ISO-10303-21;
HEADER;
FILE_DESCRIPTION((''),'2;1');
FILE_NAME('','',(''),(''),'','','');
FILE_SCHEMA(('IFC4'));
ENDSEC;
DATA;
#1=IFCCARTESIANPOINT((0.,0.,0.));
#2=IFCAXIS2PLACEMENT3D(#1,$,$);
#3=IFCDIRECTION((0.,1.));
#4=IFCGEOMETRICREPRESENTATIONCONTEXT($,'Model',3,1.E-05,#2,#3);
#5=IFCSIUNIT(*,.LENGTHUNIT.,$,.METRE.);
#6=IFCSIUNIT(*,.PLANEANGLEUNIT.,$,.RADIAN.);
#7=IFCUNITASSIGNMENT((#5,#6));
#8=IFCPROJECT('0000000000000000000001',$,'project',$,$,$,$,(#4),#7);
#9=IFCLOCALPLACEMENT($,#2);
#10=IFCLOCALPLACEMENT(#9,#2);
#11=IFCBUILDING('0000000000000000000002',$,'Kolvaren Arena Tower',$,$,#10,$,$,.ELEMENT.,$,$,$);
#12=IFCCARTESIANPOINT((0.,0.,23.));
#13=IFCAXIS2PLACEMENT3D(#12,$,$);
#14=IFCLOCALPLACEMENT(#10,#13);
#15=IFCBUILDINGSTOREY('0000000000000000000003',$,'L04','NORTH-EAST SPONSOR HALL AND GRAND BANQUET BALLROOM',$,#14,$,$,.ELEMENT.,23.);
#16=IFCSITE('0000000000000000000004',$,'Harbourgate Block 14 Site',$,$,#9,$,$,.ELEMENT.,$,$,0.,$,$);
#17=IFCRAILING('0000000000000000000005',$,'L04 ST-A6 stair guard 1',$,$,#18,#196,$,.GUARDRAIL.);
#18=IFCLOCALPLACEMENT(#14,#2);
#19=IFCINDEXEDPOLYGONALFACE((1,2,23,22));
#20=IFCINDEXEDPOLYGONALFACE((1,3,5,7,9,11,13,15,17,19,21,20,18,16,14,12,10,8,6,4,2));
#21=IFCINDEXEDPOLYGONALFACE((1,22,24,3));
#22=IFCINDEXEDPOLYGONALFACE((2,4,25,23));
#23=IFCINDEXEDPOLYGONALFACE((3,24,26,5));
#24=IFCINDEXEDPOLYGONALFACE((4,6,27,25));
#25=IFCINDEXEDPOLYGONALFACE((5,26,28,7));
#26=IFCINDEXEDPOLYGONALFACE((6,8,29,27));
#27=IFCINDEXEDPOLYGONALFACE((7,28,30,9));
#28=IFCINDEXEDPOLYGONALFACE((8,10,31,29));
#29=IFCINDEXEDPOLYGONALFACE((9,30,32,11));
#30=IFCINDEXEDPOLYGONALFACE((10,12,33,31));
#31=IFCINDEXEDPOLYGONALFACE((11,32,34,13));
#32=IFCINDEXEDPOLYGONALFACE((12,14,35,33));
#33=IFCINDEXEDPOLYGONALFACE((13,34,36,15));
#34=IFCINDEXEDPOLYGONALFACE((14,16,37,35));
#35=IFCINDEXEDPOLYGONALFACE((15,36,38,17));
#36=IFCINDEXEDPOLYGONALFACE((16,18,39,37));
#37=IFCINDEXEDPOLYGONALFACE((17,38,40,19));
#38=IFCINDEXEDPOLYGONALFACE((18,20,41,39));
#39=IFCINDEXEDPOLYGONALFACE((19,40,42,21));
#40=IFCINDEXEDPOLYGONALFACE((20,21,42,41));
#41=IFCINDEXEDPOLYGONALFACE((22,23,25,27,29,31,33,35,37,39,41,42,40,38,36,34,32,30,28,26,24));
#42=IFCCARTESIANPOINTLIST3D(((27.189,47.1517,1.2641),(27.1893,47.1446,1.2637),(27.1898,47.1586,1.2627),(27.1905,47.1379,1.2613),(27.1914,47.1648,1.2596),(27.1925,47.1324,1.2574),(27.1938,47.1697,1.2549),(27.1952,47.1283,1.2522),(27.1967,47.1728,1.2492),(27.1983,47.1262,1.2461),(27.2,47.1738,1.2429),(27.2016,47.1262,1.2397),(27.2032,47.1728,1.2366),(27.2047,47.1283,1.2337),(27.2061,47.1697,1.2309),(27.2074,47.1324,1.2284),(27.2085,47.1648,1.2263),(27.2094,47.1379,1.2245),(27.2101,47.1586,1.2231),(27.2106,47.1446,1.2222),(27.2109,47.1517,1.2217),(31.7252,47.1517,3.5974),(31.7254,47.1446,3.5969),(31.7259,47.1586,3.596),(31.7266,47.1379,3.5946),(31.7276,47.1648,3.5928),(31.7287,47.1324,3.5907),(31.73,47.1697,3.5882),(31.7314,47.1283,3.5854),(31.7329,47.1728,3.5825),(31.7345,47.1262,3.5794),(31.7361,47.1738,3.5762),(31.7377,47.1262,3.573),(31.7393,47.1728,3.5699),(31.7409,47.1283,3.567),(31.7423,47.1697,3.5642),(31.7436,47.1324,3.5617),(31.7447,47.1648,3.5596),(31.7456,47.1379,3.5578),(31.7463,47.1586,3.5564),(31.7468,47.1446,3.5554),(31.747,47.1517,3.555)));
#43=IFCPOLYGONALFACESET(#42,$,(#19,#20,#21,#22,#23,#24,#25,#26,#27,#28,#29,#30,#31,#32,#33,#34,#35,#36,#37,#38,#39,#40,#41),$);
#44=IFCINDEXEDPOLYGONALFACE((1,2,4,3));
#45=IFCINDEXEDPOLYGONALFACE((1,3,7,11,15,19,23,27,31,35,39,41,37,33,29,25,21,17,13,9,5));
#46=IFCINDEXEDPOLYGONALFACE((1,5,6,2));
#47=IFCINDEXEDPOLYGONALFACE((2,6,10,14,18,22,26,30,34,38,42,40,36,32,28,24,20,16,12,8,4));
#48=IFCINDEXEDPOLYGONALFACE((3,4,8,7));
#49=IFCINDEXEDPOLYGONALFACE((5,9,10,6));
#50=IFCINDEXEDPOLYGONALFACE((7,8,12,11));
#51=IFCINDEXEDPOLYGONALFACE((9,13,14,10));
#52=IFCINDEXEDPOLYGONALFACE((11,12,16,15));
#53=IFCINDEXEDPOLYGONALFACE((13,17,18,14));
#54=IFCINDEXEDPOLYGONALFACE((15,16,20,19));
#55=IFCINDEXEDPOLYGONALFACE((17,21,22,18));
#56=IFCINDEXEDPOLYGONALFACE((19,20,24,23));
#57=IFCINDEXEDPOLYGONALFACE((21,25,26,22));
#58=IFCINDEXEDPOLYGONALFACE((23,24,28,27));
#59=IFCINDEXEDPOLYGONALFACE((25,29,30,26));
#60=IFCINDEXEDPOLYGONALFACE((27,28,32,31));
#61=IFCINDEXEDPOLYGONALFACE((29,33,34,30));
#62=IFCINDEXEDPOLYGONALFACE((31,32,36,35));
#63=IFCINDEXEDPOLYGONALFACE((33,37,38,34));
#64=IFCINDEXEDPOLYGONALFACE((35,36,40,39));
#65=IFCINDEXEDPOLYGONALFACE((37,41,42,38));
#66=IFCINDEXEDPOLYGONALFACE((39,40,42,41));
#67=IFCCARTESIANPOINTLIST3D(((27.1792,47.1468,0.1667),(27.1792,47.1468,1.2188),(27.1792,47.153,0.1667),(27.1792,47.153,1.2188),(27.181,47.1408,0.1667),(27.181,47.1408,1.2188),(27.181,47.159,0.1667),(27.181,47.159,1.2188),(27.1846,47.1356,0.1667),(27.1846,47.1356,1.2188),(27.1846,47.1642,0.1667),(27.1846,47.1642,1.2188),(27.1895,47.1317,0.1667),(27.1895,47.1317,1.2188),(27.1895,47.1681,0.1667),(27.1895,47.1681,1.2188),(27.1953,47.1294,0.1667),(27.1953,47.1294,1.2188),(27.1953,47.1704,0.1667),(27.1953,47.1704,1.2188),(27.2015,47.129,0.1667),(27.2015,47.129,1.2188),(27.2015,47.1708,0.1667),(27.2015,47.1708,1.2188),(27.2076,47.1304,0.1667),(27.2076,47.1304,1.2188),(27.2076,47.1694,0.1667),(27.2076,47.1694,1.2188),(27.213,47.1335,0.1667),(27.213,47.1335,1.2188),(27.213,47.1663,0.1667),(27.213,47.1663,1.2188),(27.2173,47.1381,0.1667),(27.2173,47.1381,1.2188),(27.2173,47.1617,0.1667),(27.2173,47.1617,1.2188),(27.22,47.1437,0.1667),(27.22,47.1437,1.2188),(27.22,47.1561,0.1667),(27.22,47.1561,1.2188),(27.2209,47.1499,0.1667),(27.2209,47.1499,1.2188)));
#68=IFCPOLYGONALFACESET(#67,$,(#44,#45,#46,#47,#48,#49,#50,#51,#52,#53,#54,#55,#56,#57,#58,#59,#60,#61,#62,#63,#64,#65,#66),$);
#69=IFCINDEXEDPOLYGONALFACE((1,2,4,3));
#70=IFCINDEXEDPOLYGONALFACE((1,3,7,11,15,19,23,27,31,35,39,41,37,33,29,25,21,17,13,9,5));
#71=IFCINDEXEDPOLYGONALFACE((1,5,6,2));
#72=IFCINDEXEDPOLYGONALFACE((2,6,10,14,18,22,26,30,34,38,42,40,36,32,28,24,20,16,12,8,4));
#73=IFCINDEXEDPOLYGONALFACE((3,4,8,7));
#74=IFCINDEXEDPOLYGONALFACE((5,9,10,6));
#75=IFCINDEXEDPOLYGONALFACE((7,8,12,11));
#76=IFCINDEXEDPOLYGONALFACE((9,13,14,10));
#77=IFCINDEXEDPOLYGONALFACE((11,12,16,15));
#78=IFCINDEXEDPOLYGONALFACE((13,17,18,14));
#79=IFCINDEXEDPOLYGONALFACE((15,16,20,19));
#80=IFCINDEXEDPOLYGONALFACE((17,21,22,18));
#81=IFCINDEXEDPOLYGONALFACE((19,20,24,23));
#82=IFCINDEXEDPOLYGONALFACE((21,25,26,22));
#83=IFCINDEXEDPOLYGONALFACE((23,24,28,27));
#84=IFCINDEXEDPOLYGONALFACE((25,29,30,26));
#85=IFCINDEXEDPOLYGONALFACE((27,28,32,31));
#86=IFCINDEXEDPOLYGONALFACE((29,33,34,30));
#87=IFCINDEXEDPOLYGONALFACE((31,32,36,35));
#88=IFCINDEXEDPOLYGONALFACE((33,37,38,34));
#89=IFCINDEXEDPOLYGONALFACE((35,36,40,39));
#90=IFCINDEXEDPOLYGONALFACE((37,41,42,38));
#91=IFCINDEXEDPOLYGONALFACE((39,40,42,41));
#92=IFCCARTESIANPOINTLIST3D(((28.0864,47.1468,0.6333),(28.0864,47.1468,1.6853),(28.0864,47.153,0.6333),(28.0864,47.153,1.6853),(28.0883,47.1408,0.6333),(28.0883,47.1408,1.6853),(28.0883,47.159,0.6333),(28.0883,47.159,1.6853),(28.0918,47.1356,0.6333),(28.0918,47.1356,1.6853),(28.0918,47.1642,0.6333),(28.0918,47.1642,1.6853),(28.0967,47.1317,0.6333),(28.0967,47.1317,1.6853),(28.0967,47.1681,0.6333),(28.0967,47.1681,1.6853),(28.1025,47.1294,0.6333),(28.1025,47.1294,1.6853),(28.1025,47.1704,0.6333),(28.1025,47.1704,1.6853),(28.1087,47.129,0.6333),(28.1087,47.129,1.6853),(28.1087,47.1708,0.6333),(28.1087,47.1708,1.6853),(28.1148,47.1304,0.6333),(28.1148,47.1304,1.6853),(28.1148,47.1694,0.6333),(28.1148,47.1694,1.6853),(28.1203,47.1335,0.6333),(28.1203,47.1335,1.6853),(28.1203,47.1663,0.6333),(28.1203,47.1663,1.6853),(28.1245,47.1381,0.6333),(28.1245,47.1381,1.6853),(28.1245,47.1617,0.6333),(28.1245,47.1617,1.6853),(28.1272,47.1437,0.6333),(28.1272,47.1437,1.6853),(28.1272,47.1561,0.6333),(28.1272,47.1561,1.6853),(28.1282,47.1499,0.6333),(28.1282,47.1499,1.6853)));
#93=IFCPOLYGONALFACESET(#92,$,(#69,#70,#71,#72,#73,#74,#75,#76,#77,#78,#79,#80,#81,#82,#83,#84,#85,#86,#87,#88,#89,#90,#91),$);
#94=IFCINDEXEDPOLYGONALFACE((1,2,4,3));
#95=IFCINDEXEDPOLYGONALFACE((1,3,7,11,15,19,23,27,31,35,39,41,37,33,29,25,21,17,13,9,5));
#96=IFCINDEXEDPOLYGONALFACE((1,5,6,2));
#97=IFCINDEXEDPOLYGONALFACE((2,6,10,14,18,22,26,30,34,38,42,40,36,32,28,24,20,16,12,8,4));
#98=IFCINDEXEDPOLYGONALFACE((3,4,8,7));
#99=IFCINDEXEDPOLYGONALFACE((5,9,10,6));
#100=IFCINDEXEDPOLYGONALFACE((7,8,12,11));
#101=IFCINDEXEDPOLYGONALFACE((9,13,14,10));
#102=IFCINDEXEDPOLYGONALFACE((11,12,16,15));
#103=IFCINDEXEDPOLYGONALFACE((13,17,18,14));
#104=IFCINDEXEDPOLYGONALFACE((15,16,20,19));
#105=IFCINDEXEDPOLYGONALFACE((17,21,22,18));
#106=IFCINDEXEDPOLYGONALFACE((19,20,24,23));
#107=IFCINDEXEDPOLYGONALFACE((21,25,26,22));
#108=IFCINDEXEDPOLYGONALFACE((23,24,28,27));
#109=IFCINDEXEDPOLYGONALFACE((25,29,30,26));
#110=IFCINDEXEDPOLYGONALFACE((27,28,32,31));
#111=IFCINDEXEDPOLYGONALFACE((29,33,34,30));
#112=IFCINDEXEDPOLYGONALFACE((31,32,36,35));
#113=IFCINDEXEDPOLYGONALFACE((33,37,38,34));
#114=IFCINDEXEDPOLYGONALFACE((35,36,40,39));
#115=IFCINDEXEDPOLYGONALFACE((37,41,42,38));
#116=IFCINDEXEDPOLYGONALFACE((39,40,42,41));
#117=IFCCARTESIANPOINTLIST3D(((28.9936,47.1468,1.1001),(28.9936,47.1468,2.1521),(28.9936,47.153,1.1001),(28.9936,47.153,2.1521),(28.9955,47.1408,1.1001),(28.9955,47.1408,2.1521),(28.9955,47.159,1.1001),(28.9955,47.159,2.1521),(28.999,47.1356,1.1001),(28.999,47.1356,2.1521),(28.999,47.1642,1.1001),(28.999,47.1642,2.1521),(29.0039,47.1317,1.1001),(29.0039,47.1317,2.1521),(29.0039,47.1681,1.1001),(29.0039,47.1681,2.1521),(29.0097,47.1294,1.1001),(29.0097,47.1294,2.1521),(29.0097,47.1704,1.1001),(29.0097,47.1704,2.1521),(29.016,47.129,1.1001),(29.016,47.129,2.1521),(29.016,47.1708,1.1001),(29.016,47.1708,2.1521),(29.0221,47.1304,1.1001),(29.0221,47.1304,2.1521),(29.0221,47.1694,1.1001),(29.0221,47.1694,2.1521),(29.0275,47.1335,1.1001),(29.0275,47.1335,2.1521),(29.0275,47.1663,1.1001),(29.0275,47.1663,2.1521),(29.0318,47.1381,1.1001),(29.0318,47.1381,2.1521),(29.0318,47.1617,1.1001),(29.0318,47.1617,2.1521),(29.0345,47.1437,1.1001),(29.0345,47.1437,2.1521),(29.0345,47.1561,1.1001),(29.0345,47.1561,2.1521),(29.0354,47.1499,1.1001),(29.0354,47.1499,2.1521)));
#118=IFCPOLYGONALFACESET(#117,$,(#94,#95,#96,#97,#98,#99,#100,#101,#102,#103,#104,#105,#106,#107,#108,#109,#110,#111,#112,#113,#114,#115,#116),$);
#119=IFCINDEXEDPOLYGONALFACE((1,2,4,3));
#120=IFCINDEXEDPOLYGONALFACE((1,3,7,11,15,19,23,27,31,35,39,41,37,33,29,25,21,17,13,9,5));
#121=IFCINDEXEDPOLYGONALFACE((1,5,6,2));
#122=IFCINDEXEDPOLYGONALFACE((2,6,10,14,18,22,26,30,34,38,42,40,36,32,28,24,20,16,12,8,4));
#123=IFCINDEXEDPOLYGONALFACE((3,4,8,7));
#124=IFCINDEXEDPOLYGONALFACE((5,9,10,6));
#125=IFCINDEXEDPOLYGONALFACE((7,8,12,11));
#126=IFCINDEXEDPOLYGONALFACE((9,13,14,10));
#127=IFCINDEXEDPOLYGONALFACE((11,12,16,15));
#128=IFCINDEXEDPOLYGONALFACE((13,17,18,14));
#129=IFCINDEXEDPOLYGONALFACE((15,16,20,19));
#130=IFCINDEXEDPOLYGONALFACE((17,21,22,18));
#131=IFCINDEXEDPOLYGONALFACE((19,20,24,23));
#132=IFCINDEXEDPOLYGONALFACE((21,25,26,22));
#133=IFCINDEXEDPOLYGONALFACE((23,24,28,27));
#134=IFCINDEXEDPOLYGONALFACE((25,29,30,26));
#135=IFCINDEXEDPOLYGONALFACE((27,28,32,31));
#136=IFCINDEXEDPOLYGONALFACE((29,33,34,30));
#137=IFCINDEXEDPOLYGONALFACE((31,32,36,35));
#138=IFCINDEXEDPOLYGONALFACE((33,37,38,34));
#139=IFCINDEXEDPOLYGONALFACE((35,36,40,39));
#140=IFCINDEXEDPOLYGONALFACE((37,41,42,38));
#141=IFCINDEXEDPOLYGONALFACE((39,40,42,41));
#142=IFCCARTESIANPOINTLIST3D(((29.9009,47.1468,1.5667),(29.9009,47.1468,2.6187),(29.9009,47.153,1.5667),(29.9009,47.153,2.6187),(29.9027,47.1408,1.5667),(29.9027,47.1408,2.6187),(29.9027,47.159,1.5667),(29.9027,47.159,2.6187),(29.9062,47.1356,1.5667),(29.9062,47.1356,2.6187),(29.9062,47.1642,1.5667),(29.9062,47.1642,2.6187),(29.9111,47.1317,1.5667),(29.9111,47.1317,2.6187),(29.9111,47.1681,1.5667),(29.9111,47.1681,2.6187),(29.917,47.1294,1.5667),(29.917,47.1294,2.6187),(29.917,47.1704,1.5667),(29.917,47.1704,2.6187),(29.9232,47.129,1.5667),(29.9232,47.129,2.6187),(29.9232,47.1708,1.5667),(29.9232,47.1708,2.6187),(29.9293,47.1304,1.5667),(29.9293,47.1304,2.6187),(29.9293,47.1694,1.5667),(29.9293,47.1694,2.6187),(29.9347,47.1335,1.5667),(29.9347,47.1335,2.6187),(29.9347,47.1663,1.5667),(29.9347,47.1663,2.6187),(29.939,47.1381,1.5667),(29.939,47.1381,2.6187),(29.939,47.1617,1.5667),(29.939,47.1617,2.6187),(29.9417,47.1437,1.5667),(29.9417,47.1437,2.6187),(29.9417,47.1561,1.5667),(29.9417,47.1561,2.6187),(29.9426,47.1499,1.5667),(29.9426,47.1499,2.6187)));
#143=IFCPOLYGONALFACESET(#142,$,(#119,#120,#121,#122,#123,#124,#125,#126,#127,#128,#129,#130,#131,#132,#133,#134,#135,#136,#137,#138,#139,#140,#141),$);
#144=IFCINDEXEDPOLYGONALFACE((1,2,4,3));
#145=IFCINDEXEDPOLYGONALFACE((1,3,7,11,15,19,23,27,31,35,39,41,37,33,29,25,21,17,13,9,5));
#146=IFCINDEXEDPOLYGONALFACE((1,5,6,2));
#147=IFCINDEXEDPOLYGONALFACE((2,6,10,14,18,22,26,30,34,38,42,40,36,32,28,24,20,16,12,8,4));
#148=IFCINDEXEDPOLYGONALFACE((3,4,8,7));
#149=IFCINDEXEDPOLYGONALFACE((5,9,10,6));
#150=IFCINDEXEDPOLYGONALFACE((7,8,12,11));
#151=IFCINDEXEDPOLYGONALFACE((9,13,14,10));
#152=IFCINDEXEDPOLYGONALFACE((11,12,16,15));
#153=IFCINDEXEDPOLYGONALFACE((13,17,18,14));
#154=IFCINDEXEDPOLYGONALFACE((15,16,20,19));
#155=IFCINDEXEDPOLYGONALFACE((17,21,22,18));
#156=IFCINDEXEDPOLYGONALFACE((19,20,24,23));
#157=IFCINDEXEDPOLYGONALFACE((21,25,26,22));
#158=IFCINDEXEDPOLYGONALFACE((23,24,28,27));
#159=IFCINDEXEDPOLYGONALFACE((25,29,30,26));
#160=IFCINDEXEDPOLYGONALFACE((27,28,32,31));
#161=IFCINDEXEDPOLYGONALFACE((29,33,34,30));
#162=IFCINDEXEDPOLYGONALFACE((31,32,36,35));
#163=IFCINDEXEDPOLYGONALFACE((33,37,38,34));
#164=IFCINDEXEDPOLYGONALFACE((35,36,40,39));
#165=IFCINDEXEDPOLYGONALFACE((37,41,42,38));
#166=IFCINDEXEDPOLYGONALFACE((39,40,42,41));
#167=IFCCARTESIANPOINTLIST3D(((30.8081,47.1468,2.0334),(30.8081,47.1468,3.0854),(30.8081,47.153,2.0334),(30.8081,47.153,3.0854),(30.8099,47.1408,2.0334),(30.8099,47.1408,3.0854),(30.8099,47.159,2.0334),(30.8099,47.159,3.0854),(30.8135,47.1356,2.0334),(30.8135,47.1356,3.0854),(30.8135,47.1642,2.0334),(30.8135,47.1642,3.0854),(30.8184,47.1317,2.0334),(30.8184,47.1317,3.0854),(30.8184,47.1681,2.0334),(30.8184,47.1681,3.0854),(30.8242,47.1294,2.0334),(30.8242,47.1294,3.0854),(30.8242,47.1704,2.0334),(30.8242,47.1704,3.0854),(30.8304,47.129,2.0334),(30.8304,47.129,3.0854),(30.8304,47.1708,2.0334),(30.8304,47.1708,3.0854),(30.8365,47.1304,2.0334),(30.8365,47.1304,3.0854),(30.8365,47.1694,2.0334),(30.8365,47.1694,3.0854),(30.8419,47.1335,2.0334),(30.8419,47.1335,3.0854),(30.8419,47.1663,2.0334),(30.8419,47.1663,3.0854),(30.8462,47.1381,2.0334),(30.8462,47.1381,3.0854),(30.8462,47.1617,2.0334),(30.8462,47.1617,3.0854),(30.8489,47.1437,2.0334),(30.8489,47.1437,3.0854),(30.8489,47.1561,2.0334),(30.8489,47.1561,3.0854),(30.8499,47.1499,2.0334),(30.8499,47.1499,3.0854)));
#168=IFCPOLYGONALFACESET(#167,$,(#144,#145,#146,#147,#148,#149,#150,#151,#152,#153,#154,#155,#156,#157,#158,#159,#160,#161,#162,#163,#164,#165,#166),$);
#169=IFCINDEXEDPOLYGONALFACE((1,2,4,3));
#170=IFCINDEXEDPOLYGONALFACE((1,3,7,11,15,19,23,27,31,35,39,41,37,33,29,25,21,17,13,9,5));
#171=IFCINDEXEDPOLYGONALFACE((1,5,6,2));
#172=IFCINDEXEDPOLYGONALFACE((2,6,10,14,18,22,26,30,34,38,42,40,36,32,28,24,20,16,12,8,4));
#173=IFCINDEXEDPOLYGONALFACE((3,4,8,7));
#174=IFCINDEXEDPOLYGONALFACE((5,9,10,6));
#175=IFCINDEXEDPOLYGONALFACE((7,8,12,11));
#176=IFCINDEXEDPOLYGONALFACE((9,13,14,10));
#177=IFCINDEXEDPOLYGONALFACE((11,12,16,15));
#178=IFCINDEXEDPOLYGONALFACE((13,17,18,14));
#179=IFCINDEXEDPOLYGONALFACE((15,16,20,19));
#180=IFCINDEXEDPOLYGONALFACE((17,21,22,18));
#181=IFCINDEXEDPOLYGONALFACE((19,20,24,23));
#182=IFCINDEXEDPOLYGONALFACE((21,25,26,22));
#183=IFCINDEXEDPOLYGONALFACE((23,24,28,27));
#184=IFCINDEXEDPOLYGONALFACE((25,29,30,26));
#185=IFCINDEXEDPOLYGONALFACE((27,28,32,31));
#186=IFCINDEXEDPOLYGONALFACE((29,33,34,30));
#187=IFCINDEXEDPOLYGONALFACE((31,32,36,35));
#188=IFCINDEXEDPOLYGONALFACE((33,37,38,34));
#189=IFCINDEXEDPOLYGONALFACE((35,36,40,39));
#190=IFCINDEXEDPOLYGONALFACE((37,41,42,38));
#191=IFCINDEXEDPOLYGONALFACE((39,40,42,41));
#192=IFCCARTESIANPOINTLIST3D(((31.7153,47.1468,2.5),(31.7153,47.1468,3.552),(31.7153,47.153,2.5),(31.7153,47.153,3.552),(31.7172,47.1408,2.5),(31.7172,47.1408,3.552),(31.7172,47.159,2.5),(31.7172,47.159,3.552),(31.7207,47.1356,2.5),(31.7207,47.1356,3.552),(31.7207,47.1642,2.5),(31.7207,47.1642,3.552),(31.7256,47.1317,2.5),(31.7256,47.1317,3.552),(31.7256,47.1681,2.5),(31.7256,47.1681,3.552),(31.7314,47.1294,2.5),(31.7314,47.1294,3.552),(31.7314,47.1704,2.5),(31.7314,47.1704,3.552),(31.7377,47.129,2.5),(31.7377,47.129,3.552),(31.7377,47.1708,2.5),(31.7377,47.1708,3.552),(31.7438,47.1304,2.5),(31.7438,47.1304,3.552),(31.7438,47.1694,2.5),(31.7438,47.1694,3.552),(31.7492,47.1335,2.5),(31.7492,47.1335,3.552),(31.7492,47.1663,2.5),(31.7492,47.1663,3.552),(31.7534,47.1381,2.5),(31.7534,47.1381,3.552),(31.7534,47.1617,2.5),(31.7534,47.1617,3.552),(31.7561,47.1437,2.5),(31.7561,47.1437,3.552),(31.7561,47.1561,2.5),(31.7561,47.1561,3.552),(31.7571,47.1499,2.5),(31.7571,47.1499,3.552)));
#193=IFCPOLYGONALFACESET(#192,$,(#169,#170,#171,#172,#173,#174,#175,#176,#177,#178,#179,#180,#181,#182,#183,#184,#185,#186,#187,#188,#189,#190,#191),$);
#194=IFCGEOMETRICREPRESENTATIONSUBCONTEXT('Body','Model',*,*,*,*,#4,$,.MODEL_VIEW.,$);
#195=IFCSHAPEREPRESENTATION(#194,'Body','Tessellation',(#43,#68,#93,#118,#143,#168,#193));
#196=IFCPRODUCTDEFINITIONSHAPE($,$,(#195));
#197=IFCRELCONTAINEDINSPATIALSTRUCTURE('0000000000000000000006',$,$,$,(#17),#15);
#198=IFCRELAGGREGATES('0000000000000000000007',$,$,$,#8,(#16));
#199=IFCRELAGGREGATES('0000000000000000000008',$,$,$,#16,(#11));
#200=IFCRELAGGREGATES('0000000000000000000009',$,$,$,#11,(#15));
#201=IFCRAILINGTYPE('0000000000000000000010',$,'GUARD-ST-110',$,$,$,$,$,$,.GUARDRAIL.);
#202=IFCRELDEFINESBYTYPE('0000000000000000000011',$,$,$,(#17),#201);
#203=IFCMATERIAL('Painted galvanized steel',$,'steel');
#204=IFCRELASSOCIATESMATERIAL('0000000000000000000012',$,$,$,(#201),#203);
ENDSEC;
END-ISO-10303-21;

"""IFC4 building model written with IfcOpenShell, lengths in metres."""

from ifc_helpers import new_model, si_unit, direction, frame, origin, origin_2d, place, context, subcontext, project, spatial, circle, extrude, material, type_object, element, save


model = new_model("IFC4")

# Units and contexts
model_context = context("Model", 3, precision=1e-05, world=origin(), true_north=direction((0.0, 1.0)))
body_context = subcontext(model_context, "Body", "Model", "MODEL_VIEW")
ifc_project = project(units=[si_unit("LENGTHUNIT", "METRE"), si_unit("PLANEANGLEUNIT", "RADIAN")], contexts=[model_context])

# Site, building, storey
site_placement = place(None, origin())
site = spatial("IfcSite", under=ifc_project, at=site_placement, Name="Harbourgate Block 14 Site", CompositionType="ELEMENT", RefElevation=0.0)
building_placement = place(site_placement, origin())
building = spatial("IfcBuilding", under=site, at=building_placement, Name="Kolvaren Arena Tower", CompositionType="ELEMENT")
storey_placement = place(building_placement, frame((0.0, 0.0, 23.0)))
storey = spatial("IfcBuildingStorey", under=building, at=storey_placement, Name="L04", Description="NORTH-EAST SPONSOR HALL AND GRAND BANQUET BALLROOM", CompositionType="ELEMENT", Elevation=23.0)

# Railing
ifc_material_1 = material(Name="Painted galvanized steel", Category="steel")
railing_type_1 = type_object("IfcRailingType", Name="GUARD-ST-110", PredefinedType="GUARDRAIL", material=ifc_material_1)
railing_1_placement = place(storey_placement, frame((27.2, 47.1499, 0.1667)))
element("IfcRailing", 1, at=railing_1_placement, inside=storey, type_object=railing_type_1, Name="L04 ST-A6 stair guard 1", PredefinedType="GUARDRAIL", context=body_context, shape_type="SweptSolid", body=[
    extrude(circle(Radius=0.0239, at=origin_2d()), frame((0.0, 0.0, 1.0762), z_axis=(0.889257, 0.0, 0.457407), x_axis=(0.0, 1.0, 0.0)), (0.0, 0.0, 1.0), 5.1011),
    extrude(circle(Radius=0.021, at=origin_2d()), origin(), (0.0, 0.0, 1.0), 1.052),
    extrude(circle(Radius=0.021, at=origin_2d()), frame((0.9072, 0.0, 0.4666)), (0.0, 0.0, 1.0), 1.052),
    extrude(circle(Radius=0.021, at=origin_2d()), frame((1.8145, 0.0, 0.9333)), (0.0, 0.0, 1.0), 1.052),
    extrude(circle(Radius=0.021, at=origin_2d()), frame((2.7217, 0.0, 1.3999)), (0.0, 0.0, 1.0), 1.052),
    extrude(circle(Radius=0.021, at=origin_2d()), frame((3.6289, 0.0, 1.8667)), (0.0, 0.0, 1.0), 1.052),
    extrude(circle(Radius=0.021, at=origin_2d()), frame((4.5361, 0.0, 2.3333)), (0.0, 0.0, 1.0), 1.052),
])

save(model, "model.ifc")
